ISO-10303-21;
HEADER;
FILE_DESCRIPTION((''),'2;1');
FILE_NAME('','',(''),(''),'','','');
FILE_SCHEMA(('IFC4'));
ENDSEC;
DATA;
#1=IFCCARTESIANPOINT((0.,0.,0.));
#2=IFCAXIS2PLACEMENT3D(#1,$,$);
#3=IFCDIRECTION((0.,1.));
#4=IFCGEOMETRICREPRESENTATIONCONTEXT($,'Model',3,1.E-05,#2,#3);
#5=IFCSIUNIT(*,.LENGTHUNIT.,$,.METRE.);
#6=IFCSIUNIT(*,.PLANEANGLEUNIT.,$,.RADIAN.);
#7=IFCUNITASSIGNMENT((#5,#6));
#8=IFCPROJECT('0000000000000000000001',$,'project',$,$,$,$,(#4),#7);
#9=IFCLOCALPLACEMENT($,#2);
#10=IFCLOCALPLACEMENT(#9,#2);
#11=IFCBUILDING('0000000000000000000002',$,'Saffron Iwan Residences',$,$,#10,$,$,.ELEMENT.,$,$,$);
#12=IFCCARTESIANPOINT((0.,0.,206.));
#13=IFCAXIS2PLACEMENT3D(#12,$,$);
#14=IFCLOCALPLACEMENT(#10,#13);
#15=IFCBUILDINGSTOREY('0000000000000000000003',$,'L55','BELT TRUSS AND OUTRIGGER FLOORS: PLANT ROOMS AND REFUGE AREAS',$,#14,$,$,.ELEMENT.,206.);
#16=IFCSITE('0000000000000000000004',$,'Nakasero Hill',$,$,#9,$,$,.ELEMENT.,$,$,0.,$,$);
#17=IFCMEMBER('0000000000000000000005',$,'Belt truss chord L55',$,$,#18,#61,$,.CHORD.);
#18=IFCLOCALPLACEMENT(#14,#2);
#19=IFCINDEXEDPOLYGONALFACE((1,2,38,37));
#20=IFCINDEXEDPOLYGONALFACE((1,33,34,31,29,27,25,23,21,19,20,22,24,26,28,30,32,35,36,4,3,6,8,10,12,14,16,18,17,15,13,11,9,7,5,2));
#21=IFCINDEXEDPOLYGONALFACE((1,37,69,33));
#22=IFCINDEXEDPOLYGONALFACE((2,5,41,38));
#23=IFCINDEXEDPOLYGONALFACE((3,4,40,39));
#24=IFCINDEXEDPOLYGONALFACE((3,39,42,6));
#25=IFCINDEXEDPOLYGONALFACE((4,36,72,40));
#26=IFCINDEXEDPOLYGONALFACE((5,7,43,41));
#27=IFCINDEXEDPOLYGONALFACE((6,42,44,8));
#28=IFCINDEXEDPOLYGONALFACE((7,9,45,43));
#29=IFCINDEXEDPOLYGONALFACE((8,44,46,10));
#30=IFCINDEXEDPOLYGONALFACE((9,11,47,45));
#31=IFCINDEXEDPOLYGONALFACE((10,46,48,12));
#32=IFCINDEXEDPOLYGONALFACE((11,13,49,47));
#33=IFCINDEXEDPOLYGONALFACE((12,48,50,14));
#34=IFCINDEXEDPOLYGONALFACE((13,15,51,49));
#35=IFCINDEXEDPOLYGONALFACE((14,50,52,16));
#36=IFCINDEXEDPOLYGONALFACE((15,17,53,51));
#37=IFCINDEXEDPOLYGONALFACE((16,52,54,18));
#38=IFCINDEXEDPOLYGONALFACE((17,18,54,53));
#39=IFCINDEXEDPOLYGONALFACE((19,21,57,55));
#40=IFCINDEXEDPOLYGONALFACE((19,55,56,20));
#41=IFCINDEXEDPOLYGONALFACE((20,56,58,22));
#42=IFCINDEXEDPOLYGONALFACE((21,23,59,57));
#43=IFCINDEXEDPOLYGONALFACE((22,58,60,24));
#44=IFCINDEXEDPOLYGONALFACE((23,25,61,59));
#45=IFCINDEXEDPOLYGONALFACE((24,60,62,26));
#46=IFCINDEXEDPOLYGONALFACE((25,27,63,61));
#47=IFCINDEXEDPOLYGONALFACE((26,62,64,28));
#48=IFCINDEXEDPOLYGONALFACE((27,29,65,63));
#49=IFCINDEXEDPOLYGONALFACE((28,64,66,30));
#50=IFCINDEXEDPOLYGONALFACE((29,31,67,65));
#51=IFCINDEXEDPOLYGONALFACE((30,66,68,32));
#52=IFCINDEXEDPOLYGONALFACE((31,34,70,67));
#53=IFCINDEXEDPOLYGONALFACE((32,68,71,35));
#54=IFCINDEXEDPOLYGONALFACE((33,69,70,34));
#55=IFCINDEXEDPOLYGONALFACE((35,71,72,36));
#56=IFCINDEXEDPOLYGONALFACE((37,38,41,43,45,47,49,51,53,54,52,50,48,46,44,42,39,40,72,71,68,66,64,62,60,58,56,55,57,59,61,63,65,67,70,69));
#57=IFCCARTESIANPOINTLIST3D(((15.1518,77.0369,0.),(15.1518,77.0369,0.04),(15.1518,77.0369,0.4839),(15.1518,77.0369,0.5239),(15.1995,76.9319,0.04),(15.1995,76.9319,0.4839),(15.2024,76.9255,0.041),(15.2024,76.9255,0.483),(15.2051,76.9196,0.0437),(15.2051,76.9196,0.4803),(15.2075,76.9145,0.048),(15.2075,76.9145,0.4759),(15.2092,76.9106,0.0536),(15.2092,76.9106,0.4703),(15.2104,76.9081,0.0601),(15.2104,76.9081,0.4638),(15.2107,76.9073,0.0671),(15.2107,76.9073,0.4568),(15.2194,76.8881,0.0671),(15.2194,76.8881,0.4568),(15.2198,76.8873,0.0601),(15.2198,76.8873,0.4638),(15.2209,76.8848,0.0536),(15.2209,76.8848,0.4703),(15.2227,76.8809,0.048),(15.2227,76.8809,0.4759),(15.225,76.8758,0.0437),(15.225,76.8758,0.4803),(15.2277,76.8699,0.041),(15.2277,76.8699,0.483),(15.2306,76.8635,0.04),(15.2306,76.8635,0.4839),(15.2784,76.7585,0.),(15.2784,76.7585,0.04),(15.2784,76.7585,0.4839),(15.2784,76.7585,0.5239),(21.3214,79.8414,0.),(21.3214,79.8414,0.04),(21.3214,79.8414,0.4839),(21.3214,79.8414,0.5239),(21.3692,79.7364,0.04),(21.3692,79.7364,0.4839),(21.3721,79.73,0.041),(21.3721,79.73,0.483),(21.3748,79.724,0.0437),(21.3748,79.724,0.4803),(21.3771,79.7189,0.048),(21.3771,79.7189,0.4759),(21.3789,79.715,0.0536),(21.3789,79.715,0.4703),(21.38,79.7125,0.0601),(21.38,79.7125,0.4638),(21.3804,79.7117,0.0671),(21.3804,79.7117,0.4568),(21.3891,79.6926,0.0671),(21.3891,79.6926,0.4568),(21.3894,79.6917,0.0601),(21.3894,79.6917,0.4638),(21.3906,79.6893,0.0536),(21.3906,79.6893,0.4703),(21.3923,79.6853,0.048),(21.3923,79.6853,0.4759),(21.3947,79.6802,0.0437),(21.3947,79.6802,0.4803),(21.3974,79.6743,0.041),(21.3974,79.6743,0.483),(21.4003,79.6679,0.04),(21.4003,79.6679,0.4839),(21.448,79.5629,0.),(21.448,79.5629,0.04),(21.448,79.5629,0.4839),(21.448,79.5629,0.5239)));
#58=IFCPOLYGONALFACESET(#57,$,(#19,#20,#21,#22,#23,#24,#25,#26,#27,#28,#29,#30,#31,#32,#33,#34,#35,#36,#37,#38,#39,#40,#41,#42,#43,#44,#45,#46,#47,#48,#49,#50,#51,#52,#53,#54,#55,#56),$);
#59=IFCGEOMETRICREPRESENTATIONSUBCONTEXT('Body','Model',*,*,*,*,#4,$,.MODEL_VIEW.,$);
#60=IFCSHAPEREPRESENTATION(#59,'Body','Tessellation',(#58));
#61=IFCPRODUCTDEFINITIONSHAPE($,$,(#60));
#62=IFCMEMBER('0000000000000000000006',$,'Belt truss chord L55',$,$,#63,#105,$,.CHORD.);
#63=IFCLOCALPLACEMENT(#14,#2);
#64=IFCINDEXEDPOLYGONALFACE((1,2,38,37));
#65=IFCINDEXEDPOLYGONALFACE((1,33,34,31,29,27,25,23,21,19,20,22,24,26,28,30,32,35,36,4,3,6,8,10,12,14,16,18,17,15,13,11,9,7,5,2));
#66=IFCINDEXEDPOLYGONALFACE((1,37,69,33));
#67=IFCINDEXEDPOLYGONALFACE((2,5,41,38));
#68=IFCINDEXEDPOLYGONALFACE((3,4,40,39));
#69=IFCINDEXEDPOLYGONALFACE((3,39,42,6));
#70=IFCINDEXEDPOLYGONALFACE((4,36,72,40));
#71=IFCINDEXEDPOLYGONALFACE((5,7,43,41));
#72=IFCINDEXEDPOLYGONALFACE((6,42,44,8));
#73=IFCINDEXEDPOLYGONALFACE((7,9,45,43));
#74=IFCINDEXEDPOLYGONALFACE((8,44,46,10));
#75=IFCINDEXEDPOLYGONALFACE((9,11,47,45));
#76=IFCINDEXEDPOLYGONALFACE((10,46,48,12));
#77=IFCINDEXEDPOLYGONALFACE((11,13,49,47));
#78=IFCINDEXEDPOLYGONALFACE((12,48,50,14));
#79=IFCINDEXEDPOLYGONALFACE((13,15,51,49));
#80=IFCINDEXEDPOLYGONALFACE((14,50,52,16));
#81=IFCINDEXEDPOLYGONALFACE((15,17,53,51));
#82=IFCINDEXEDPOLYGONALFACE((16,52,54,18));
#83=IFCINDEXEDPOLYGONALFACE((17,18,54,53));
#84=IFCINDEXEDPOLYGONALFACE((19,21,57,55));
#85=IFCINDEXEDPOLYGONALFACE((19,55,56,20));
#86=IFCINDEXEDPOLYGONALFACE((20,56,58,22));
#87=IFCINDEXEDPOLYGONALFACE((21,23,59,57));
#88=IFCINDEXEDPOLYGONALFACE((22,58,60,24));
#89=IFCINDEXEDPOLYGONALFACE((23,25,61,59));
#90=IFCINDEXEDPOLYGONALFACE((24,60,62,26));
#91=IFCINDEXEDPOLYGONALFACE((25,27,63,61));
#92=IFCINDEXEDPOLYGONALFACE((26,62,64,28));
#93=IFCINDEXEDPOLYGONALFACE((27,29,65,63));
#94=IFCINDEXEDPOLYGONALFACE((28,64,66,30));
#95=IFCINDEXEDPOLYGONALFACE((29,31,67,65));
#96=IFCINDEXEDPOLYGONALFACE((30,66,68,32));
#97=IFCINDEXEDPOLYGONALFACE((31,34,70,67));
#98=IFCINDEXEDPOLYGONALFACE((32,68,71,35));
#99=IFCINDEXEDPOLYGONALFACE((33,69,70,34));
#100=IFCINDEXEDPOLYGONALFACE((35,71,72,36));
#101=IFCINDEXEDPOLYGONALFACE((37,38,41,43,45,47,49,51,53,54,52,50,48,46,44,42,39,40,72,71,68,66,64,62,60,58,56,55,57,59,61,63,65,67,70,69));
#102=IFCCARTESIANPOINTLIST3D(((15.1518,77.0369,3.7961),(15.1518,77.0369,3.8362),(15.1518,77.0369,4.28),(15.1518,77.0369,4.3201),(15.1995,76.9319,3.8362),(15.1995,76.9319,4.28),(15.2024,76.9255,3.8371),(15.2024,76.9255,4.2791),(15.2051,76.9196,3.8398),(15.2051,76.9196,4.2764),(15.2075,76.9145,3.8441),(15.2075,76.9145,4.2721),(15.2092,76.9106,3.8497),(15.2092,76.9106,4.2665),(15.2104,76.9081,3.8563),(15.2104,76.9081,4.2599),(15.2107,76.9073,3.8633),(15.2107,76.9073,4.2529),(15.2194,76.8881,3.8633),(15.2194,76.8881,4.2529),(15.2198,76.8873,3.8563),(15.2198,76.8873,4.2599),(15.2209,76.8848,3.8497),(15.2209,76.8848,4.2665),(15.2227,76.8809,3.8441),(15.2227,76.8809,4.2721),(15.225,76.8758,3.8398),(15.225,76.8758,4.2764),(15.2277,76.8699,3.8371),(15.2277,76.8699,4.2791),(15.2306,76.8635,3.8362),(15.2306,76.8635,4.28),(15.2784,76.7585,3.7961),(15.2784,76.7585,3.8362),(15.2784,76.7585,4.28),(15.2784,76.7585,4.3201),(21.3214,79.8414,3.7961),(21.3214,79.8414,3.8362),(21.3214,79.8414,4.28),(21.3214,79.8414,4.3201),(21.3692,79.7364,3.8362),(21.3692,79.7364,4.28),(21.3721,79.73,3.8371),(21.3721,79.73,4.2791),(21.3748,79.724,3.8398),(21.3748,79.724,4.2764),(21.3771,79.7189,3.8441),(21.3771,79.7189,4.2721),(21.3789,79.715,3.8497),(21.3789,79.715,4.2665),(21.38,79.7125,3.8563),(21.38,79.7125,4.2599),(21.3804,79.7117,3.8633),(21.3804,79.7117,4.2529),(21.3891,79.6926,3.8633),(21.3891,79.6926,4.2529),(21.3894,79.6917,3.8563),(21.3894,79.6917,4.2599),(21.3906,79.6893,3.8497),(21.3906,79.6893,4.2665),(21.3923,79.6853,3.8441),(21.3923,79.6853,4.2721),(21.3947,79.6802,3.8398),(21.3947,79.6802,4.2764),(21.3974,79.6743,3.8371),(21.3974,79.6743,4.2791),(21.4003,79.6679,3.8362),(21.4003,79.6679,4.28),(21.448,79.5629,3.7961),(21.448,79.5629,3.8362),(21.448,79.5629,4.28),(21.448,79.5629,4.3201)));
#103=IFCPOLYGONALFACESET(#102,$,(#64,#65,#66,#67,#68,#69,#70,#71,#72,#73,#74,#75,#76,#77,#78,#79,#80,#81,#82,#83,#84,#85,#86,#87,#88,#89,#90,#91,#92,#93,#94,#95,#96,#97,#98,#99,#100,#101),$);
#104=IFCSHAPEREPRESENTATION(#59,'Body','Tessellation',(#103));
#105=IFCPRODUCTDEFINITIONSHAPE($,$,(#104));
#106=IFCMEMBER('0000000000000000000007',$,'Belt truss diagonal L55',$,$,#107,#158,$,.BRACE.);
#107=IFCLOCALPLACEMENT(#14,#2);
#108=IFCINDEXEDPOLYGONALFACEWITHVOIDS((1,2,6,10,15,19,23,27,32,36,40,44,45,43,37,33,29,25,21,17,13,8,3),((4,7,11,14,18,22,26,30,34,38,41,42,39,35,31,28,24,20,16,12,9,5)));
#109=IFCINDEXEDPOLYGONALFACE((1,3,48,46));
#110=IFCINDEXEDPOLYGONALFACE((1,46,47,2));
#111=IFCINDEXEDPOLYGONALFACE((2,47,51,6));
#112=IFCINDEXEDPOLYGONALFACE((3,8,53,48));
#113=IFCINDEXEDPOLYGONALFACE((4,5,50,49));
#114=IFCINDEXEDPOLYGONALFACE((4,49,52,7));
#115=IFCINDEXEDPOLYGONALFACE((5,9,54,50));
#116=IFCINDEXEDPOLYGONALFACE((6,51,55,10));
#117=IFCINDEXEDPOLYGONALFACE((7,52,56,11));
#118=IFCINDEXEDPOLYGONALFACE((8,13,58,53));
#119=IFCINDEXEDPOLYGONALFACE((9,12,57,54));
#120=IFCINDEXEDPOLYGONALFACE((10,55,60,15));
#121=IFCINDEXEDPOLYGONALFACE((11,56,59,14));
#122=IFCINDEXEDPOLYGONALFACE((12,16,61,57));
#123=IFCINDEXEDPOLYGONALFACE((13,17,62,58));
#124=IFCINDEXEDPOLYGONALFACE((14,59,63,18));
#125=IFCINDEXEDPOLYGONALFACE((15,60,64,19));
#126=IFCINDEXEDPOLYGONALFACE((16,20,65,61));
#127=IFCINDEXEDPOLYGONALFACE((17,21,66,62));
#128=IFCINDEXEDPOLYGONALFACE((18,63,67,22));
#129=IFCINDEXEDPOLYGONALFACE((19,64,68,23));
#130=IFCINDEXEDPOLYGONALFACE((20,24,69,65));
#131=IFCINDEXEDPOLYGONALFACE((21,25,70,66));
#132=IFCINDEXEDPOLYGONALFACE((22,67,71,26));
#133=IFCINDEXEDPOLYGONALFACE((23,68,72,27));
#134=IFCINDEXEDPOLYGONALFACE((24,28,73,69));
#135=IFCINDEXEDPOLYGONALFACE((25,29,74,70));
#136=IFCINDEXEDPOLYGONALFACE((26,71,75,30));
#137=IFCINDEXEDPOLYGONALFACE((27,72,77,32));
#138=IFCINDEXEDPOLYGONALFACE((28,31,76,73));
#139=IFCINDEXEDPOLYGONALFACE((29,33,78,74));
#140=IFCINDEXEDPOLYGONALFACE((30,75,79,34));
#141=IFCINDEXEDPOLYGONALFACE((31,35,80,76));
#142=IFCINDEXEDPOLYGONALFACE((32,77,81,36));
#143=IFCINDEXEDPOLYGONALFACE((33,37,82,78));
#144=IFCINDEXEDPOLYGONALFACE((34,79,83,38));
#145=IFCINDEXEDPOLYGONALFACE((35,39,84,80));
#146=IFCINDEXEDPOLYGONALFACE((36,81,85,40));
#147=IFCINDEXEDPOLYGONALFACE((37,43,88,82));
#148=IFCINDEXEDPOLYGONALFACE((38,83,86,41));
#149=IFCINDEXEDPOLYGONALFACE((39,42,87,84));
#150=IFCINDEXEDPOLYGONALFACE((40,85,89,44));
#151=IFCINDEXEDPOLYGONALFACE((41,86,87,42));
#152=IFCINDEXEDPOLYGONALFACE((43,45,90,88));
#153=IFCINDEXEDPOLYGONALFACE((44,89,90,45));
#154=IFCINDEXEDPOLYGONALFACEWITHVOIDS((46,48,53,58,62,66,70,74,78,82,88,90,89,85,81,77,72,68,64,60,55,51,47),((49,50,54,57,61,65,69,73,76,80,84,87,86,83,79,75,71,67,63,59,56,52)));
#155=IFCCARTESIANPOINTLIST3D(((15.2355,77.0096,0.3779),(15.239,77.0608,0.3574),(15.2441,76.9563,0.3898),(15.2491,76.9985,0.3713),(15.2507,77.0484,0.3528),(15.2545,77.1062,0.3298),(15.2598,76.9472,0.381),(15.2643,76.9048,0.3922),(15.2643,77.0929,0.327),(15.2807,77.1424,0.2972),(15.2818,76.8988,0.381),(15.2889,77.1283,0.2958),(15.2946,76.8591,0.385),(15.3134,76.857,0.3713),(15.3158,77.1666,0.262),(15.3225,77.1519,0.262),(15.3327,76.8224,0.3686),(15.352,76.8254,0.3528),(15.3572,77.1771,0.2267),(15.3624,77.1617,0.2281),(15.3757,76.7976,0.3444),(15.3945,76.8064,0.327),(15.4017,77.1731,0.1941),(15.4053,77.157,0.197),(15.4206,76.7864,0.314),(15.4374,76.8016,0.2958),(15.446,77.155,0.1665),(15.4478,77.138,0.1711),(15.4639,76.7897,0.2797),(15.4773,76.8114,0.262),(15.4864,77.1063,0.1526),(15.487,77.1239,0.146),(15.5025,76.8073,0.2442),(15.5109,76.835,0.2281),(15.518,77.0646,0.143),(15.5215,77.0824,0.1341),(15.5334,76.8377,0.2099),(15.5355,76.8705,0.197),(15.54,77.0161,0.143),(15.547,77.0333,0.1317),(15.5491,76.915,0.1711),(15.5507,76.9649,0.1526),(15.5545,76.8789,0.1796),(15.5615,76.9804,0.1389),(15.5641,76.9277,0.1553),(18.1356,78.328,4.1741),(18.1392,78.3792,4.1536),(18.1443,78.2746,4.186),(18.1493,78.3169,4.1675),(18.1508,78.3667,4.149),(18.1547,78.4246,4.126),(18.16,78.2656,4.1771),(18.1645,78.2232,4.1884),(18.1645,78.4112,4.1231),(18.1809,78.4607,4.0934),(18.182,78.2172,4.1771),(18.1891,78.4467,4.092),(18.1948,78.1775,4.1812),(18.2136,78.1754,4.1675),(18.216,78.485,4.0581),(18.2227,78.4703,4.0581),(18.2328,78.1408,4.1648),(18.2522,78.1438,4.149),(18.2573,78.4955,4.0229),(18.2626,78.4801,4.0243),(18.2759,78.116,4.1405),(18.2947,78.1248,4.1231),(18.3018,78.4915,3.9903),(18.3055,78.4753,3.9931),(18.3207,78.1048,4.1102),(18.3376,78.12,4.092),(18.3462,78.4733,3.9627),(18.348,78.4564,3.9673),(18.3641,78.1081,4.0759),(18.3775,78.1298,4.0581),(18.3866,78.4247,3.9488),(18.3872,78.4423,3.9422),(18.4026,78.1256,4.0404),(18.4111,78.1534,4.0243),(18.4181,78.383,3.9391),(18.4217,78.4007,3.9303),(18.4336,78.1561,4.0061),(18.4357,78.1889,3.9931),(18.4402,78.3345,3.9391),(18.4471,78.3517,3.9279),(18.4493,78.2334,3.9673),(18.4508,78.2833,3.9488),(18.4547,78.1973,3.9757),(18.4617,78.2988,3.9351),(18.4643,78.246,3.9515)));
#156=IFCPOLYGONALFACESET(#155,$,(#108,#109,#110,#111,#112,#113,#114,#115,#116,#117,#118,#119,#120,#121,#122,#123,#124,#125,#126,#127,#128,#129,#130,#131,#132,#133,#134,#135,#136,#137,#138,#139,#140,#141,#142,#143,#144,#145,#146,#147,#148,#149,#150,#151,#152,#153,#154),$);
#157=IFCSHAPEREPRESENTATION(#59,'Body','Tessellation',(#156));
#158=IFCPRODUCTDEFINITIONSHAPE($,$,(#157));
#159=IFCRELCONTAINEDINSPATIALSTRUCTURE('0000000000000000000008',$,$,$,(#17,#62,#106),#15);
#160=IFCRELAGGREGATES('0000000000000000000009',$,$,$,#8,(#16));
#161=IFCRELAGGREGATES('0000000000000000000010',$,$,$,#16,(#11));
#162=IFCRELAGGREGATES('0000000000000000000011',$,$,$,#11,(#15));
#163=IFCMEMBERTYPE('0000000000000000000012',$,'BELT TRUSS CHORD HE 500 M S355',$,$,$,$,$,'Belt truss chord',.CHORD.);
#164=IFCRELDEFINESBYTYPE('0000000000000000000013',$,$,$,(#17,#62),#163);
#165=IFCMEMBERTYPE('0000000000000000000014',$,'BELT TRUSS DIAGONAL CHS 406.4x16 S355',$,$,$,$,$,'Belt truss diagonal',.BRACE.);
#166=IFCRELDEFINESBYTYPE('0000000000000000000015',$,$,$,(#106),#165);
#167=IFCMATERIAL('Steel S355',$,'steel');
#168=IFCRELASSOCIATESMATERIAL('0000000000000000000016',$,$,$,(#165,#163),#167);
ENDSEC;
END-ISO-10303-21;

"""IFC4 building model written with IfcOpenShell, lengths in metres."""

from ifc_helpers import new_model, si_unit, direction, frame, origin, origin_2d, place, context, subcontext, project, spatial, hollow_circle, i_section, extrude, source, transform, mapped, material, material_profile, profile_set, type_object, element, save


model = new_model("IFC4")

# Units and contexts
model_context = context("Model", 3, precision=1e-05, world=origin(), true_north=direction((0.0, 1.0)))
body_context = subcontext(model_context, "Body", "Model", "MODEL_VIEW")
ifc_project = project(units=[si_unit("LENGTHUNIT", "METRE"), si_unit("PLANEANGLEUNIT", "RADIAN")], contexts=[model_context])

# Site, building, storey
site_placement = place(None, origin())
site = spatial("IfcSite", under=ifc_project, at=site_placement, Name="Nakasero Hill", CompositionType="ELEMENT", RefElevation=0.0)
building_placement = place(site_placement, origin())
building = spatial("IfcBuilding", under=site, at=building_placement, Name="Saffron Iwan Residences", CompositionType="ELEMENT")
storey_placement = place(building_placement, frame((0.0, 0.0, 206.0)))
storey = spatial("IfcBuildingStorey", under=building, at=storey_placement, Name="L55", Description="BELT TRUSS AND OUTRIGGER FLOORS: PLANT ROOMS AND REFUGE AREAS", CompositionType="ELEMENT", Elevation=206.0)

# Members
ifc_material_1 = material(Name="Steel S355", Category="steel")
ifc_material_profile_1 = material_profile(ifc_material_1, hollow_circle(Radius=0.2031, WallThickness=0.0161, at=origin_2d()), Name="CHS 406.4x16")
ifc_profile_set_1 = profile_set([ifc_material_profile_1], Name="Steel S355")
member_type_1 = type_object("IfcMemberType", Name="BELT TRUSS DIAGONAL CHS 406.4x16 S355", ElementType="Belt truss diagonal", PredefinedType="BRACE", material=ifc_profile_set_1)
ifc_material_profile_2 = material_profile(ifc_material_1, i_section(OverallWidth=0.3059, OverallDepth=0.5239, WebThickness=0.021, FlangeThickness=0.04, FilletRadius=0.0271, at=origin_2d()), Name="HE 500 M")
ifc_profile_set_2 = profile_set([ifc_material_profile_2], Name="Steel S355")
member_type_2 = type_object("IfcMemberType", Name="BELT TRUSS CHORD HE 500 M S355", ElementType="Belt truss chord", PredefinedType="CHORD", material=ifc_profile_set_2)
shared_shape_1 = source(origin(), body_context, "Body", "SweptSolid", [
    extrude(i_section(OverallWidth=0.3059, OverallDepth=0.5239, WebThickness=0.021, FlangeThickness=0.04, FilletRadius=0.0271, at=origin_2d()), origin(), (0.0, 0.0, 1.0), 6.7771),
])
for number, where, z_axis, x_axis, name in (
    (1, (15.2151, 76.8977, 0.262), (0.910364, 0.413808, 0.0), (-0.413808, 0.910364, 0.0), "Belt truss chord L55"),
    (2, (15.2151, 76.8977, 4.0581), (0.910364, 0.413808, 0.0), (-0.413808, 0.910364, 0.0), "Belt truss chord L55"),
):
    element("IfcMember", number, at=place(storey_placement, frame(where, z_axis=z_axis, x_axis=x_axis)), inside=storey, type_object=member_type_2, Name=name, PredefinedType="CHORD", context=body_context, shape_type="MappedRepresentation", body=[
        mapped(shared_shape_1, transform((0.0, 0.0, 0.0))),
    ])
shared_shape_2 = source(origin(), body_context, "Body", "SweptSolid", [
    extrude(hollow_circle(Radius=0.2031, WallThickness=0.0161, at=origin_2d()), origin(), (0.0, 0.0, 1.0), 4.9558),
])
member_1_placement = place(storey_placement, frame((15.3999, 76.9817, 0.262), z_axis=(0.585206, 0.266025, 0.766005), x_axis=(-0.413832, 0.910353, 0.0)))
element("IfcMember", 3, at=member_1_placement, inside=storey, type_object=member_type_1, Name="Belt truss diagonal L55", PredefinedType="BRACE", context=body_context, shape_type="MappedRepresentation", body=[
    mapped(shared_shape_2, transform((0.0, 0.0, 0.0))),
])

save(model, "model.ifc")
